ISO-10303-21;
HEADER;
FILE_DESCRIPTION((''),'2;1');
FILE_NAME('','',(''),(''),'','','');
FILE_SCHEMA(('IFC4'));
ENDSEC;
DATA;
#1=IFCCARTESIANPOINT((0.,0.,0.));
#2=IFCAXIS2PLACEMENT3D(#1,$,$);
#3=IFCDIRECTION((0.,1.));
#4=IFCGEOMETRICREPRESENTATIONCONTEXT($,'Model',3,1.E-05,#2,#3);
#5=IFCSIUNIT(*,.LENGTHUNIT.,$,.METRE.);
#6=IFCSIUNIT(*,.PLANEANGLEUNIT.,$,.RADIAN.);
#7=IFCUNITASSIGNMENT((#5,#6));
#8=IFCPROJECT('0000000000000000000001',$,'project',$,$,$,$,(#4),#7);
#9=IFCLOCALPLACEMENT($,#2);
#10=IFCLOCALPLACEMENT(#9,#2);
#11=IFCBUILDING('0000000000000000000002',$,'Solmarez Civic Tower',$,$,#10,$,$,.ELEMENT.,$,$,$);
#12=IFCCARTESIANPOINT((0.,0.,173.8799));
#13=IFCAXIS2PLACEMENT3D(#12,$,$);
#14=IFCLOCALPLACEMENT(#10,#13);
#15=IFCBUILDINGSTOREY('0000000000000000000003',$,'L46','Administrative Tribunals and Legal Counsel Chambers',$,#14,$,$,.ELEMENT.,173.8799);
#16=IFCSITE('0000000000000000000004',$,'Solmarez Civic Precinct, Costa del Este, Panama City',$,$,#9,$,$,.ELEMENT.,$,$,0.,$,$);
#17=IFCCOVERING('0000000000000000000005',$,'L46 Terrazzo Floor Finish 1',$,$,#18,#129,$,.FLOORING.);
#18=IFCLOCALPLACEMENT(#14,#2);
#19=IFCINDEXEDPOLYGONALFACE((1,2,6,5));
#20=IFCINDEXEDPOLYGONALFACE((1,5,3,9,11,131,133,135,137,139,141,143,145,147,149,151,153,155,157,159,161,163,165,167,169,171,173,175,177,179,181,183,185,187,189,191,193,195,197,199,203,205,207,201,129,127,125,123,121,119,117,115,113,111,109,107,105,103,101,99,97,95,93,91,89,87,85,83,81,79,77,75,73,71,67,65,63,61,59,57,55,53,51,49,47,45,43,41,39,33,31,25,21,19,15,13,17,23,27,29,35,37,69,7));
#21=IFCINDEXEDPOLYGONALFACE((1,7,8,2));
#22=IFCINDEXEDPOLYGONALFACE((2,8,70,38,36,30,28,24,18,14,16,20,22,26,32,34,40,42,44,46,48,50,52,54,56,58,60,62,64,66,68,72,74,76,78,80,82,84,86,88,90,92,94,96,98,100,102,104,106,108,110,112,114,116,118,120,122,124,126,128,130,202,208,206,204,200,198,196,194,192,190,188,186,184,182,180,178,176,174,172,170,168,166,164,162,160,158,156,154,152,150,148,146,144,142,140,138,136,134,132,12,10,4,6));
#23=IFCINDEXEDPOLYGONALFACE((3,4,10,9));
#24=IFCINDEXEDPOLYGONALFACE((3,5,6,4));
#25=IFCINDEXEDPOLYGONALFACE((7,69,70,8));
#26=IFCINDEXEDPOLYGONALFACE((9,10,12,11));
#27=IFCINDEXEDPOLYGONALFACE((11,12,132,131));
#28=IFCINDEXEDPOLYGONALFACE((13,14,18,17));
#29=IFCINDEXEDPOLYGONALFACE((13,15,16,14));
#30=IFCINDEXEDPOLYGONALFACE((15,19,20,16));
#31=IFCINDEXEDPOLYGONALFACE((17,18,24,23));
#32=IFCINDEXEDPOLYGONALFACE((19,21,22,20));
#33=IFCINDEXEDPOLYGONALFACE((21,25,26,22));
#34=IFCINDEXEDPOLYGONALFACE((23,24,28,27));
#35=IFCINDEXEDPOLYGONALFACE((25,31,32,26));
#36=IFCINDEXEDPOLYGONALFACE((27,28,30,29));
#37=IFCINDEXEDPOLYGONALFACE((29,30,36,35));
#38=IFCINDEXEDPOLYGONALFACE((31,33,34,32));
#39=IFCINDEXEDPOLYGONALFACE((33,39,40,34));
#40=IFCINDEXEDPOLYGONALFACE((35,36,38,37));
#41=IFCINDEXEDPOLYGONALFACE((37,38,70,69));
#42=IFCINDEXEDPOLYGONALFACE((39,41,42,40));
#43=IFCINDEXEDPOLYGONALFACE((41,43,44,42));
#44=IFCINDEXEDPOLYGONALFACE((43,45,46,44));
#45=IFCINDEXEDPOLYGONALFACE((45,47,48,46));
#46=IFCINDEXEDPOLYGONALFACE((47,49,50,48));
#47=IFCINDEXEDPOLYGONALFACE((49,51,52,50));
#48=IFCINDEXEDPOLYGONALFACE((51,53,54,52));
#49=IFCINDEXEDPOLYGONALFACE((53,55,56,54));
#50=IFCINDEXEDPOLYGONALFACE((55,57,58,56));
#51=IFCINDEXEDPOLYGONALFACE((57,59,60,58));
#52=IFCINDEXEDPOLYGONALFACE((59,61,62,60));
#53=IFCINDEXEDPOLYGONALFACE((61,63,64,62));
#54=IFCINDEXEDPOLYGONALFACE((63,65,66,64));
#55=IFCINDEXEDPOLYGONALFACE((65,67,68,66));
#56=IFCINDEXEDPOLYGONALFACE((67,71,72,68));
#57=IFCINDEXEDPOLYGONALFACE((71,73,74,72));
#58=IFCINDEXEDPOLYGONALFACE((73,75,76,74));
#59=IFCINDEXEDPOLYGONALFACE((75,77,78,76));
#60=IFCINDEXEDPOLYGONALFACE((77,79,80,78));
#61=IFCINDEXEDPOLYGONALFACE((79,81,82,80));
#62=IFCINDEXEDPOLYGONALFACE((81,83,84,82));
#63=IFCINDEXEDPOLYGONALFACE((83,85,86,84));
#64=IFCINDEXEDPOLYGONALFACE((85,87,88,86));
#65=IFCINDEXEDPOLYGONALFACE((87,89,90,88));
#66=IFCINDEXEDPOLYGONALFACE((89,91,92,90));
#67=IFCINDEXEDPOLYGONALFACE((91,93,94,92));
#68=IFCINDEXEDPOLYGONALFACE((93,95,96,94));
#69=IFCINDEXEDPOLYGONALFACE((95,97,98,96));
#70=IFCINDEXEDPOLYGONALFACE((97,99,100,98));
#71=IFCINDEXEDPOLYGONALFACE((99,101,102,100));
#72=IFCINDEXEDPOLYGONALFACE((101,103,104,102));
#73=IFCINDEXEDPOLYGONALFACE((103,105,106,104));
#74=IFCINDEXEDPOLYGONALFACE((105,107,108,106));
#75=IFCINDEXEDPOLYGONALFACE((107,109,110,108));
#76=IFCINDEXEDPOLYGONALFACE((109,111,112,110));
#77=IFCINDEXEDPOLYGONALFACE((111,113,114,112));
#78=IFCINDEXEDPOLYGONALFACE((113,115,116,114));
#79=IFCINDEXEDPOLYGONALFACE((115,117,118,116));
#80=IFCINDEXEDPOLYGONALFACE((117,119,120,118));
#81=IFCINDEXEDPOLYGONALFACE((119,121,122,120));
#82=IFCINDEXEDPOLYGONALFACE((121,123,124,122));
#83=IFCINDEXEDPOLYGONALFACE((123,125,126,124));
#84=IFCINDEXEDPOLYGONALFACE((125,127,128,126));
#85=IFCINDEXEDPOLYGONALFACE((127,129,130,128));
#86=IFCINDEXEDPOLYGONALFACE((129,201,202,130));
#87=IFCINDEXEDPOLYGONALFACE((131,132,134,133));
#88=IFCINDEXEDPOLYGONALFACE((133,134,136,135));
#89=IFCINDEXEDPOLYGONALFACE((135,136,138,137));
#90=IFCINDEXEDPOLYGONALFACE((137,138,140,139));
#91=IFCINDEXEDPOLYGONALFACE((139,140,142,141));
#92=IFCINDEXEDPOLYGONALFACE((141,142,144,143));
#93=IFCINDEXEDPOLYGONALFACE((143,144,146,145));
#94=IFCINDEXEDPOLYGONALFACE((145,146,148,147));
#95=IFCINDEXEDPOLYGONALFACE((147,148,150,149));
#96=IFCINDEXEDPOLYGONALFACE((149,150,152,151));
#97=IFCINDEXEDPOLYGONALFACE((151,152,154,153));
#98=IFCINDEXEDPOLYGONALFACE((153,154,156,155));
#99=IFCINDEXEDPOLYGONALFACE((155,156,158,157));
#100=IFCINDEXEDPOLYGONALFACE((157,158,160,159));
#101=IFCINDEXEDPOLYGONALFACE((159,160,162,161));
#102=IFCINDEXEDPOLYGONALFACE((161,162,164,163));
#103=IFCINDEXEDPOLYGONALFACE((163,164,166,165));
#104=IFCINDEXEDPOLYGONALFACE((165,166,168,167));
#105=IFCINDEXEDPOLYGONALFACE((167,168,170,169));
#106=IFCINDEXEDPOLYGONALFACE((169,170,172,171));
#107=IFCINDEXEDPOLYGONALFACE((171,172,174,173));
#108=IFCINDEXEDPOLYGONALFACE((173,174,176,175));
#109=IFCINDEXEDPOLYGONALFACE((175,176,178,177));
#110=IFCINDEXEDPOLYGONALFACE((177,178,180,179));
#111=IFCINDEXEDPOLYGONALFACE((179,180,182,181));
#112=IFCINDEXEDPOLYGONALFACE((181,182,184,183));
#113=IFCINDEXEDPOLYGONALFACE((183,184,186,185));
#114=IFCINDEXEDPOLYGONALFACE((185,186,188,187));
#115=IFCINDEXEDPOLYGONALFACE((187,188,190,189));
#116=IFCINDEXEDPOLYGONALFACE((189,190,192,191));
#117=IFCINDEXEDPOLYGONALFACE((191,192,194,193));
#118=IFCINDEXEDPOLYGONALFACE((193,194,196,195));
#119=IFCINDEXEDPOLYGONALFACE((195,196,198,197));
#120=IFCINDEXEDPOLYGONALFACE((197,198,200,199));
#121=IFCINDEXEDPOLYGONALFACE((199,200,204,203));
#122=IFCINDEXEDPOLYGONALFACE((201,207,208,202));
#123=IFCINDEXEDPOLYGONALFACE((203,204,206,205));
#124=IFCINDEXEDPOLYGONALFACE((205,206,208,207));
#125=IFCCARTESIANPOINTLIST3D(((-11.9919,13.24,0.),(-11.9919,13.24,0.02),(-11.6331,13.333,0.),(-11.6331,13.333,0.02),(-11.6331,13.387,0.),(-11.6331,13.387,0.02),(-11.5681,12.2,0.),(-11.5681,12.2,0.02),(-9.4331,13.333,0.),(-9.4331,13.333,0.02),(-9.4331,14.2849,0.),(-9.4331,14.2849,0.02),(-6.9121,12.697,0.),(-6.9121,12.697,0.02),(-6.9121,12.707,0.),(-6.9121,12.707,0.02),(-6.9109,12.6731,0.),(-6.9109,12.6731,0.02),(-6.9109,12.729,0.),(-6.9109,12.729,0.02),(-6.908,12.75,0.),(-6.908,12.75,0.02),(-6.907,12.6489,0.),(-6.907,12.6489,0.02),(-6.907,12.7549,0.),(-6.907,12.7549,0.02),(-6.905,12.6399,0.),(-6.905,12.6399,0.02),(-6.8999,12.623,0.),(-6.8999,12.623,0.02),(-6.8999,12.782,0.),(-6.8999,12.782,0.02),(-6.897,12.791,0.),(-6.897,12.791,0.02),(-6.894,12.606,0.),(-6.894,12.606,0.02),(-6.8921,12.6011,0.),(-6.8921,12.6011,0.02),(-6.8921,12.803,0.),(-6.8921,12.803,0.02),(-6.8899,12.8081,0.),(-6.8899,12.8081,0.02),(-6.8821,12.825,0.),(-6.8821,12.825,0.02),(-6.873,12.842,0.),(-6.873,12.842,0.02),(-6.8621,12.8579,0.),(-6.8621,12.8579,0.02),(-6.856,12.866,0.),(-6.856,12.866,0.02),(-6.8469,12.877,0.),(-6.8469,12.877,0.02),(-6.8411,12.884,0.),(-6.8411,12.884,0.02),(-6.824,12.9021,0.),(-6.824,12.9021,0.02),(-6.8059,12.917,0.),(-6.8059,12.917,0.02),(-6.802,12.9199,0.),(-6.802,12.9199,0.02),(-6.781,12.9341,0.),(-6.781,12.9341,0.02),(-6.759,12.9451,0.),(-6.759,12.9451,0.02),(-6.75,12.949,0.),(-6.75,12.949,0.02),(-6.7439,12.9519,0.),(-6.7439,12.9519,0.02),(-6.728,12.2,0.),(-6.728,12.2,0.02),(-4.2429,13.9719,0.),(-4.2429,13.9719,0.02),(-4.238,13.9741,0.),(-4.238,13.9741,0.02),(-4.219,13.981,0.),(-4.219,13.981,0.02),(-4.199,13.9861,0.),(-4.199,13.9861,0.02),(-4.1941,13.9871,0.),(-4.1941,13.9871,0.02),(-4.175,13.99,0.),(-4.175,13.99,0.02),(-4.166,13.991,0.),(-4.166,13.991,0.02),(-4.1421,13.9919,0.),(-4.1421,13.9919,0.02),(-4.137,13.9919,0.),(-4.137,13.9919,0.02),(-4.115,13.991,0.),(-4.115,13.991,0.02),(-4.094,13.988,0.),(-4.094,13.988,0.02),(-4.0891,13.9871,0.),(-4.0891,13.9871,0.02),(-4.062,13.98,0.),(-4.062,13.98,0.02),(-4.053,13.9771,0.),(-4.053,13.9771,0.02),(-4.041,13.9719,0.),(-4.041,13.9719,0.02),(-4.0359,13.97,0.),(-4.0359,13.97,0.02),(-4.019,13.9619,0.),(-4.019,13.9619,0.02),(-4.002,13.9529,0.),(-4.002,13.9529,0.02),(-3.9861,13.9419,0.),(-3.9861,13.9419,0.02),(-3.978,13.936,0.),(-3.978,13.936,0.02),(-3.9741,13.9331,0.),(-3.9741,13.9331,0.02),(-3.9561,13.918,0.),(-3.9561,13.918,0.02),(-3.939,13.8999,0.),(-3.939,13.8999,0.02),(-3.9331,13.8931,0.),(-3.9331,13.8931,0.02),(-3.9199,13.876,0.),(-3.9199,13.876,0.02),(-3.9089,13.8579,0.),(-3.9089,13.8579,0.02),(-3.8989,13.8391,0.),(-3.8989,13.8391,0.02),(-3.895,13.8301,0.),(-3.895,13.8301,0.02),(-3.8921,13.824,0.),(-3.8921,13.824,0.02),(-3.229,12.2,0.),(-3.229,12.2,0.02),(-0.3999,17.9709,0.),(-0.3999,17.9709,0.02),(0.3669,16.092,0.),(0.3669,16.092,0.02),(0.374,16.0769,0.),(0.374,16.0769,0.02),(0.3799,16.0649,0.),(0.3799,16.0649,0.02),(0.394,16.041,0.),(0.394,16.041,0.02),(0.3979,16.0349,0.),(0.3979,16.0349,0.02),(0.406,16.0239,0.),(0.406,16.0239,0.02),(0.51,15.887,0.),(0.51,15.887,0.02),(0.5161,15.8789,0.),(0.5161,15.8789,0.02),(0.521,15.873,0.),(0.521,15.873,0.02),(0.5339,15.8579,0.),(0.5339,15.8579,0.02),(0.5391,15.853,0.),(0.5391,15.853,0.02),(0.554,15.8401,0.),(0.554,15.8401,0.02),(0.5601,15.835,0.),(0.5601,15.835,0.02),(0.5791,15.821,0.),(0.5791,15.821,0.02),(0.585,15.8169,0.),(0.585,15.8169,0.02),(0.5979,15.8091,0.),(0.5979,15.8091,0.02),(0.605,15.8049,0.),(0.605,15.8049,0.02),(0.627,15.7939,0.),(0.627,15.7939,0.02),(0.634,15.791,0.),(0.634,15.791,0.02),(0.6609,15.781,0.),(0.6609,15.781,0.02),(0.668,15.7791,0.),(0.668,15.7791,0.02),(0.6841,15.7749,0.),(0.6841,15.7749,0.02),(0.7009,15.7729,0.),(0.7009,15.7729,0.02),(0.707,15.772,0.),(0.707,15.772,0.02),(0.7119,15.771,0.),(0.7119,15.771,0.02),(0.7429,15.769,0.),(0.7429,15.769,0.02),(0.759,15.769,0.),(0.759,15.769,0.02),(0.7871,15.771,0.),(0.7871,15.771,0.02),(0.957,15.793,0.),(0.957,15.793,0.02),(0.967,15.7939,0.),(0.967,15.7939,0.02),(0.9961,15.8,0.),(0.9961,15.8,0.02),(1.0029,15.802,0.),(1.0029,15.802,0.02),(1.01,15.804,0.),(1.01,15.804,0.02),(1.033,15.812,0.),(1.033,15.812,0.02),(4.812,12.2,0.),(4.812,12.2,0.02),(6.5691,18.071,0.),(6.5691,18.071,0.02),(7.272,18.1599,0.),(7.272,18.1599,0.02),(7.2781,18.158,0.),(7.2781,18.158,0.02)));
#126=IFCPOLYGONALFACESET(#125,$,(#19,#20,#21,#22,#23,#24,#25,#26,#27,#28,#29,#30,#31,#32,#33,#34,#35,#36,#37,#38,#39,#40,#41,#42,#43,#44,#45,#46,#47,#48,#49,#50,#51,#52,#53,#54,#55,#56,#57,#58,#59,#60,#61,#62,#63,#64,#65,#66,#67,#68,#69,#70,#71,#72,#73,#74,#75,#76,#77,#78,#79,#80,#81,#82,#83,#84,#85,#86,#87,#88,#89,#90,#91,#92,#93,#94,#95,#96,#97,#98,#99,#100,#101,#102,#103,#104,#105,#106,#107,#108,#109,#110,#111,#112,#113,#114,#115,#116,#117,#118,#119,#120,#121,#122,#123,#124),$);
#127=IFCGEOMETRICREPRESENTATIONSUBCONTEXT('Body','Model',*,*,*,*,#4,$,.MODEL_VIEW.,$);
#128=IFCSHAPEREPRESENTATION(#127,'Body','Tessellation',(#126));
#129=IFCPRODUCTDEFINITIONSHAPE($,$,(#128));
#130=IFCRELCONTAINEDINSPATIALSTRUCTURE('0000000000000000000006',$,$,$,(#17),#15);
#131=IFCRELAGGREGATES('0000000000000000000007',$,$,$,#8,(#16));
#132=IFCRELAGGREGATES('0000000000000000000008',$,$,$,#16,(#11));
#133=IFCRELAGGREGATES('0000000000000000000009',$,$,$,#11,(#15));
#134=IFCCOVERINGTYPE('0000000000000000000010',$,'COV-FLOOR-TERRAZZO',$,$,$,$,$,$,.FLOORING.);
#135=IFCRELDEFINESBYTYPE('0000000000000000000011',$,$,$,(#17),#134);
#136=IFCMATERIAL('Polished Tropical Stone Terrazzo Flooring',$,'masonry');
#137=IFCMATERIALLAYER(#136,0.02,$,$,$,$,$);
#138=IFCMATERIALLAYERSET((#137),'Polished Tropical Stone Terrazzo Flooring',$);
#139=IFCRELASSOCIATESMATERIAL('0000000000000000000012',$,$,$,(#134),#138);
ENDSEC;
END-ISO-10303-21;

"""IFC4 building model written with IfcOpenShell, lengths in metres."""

from ifc_helpers import new_model, si_unit, direction, frame, origin, place, context, subcontext, project, spatial, polyline, outline, extrude, material, layer, layer_set, type_object, element, save


model = new_model("IFC4")

# Units and contexts
model_context = context("Model", 3, precision=1e-05, world=origin(), true_north=direction((0.0, 1.0)))
body_context = subcontext(model_context, "Body", "Model", "MODEL_VIEW")
ifc_project = project(units=[si_unit("LENGTHUNIT", "METRE"), si_unit("PLANEANGLEUNIT", "RADIAN")], contexts=[model_context])

# Site, building, storey
site_placement = place(None, origin())
site = spatial("IfcSite", under=ifc_project, at=site_placement, Name="Solmarez Civic Precinct, Costa del Este, Panama City", CompositionType="ELEMENT", RefElevation=0.0)
building_placement = place(site_placement, origin())
building = spatial("IfcBuilding", under=site, at=building_placement, Name="Solmarez Civic Tower", CompositionType="ELEMENT")
storey_placement = place(building_placement, frame((0.0, 0.0, 173.8799)))
storey = spatial("IfcBuildingStorey", under=building, at=storey_placement, Name="L46", Description="Administrative Tribunals and Legal Counsel Chambers", CompositionType="ELEMENT", Elevation=173.8799)

# Covering
ifc_material_1 = material(Name="Polished Tropical Stone Terrazzo Flooring", Category="masonry")
ifc_layer_1 = layer(ifc_material_1, 0.02)
ifc_layer_set_1 = layer_set([ifc_layer_1], Name="Polished Tropical Stone Terrazzo Flooring")
covering_type_1 = type_object("IfcCoveringType", Name="COV-FLOOR-TERRAZZO", PredefinedType="FLOORING", material=ifc_layer_set_1)
covering_1_placement = place(storey_placement, origin())
element("IfcCovering", 1, at=covering_1_placement, inside=storey, type_object=covering_type_1, Name="L46 Terrazzo Floor Finish 1", PredefinedType="FLOORING", context=body_context, shape_type="SweptSolid", body=[
    extrude(outline(polyline([(-11.9919, 13.24), (-11.5681, 12.2), (-6.728, 12.2), (-6.8921, 12.6011), (-6.894, 12.606), (-6.8999, 12.623), (-6.905, 12.6399), (-6.907, 12.6489), (-6.9109, 12.6731), (-6.9121, 12.697), (-6.9121, 12.707), (-6.9109, 12.729), (-6.908, 12.75), (-6.907, 12.7549), (-6.8999, 12.782), (-6.897, 12.791), (-6.8921, 12.803), (-6.8899, 12.8081), (-6.8821, 12.825), (-6.873, 12.842), (-6.8621, 12.8579), (-6.856, 12.866), (-6.8469, 12.877), (-6.8411, 12.884), (-6.824, 12.9021), (-6.8059, 12.917), (-6.802, 12.9199), (-6.781, 12.9341), (-6.759, 12.9451), (-6.75, 12.949), (-6.7439, 12.9519), (-4.2429, 13.9719), (-4.238, 13.9741), (-4.219, 13.981), (-4.199, 13.9861), (-4.1941, 13.9871), (-4.175, 13.99), (-4.166, 13.991), (-4.1421, 13.9919), (-4.137, 13.9919), (-4.115, 13.991), (-4.094, 13.988), (-4.0891, 13.9871), (-4.062, 13.98), (-4.053, 13.9771), (-4.041, 13.9719), (-4.0359, 13.97), (-4.019, 13.9619), (-4.002, 13.9529), (-3.9861, 13.9419), (-3.978, 13.936), (-3.9741, 13.9331), (-3.9561, 13.918), (-3.939, 13.8999), (-3.9331, 13.8931), (-3.9199, 13.876), (-3.9089, 13.8579), (-3.8989, 13.8391), (-3.895, 13.8301), (-3.8921, 13.824), (-3.229, 12.2), (4.812, 12.2), (7.2781, 18.158), (7.272, 18.1599), (6.5691, 18.071), (1.033, 15.812), (1.01, 15.804), (1.0029, 15.802), (0.9961, 15.8), (0.967, 15.7939), (0.957, 15.793), (0.7871, 15.771), (0.759, 15.769), (0.7429, 15.769), (0.7119, 15.771), (0.707, 15.772), (0.7009, 15.7729), (0.6841, 15.7749), (0.668, 15.7791), (0.6609, 15.781), (0.634, 15.791), (0.627, 15.7939), (0.605, 15.8049), (0.5979, 15.8091), (0.585, 15.8169), (0.5791, 15.821), (0.5601, 15.835), (0.554, 15.8401), (0.5391, 15.853), (0.5339, 15.8579), (0.521, 15.873), (0.5161, 15.8789), (0.51, 15.887), (0.406, 16.0239), (0.3979, 16.0349), (0.394, 16.041), (0.3799, 16.0649), (0.374, 16.0769), (0.3669, 16.092), (-0.3999, 17.9709), (-9.4331, 14.2849), (-9.4331, 13.333), (-11.6331, 13.333), (-11.6331, 13.387), (-11.9919, 13.24)])), origin(), (0.0, 0.0, 1.0), 0.02),
])

save(model, "model.ifc")
